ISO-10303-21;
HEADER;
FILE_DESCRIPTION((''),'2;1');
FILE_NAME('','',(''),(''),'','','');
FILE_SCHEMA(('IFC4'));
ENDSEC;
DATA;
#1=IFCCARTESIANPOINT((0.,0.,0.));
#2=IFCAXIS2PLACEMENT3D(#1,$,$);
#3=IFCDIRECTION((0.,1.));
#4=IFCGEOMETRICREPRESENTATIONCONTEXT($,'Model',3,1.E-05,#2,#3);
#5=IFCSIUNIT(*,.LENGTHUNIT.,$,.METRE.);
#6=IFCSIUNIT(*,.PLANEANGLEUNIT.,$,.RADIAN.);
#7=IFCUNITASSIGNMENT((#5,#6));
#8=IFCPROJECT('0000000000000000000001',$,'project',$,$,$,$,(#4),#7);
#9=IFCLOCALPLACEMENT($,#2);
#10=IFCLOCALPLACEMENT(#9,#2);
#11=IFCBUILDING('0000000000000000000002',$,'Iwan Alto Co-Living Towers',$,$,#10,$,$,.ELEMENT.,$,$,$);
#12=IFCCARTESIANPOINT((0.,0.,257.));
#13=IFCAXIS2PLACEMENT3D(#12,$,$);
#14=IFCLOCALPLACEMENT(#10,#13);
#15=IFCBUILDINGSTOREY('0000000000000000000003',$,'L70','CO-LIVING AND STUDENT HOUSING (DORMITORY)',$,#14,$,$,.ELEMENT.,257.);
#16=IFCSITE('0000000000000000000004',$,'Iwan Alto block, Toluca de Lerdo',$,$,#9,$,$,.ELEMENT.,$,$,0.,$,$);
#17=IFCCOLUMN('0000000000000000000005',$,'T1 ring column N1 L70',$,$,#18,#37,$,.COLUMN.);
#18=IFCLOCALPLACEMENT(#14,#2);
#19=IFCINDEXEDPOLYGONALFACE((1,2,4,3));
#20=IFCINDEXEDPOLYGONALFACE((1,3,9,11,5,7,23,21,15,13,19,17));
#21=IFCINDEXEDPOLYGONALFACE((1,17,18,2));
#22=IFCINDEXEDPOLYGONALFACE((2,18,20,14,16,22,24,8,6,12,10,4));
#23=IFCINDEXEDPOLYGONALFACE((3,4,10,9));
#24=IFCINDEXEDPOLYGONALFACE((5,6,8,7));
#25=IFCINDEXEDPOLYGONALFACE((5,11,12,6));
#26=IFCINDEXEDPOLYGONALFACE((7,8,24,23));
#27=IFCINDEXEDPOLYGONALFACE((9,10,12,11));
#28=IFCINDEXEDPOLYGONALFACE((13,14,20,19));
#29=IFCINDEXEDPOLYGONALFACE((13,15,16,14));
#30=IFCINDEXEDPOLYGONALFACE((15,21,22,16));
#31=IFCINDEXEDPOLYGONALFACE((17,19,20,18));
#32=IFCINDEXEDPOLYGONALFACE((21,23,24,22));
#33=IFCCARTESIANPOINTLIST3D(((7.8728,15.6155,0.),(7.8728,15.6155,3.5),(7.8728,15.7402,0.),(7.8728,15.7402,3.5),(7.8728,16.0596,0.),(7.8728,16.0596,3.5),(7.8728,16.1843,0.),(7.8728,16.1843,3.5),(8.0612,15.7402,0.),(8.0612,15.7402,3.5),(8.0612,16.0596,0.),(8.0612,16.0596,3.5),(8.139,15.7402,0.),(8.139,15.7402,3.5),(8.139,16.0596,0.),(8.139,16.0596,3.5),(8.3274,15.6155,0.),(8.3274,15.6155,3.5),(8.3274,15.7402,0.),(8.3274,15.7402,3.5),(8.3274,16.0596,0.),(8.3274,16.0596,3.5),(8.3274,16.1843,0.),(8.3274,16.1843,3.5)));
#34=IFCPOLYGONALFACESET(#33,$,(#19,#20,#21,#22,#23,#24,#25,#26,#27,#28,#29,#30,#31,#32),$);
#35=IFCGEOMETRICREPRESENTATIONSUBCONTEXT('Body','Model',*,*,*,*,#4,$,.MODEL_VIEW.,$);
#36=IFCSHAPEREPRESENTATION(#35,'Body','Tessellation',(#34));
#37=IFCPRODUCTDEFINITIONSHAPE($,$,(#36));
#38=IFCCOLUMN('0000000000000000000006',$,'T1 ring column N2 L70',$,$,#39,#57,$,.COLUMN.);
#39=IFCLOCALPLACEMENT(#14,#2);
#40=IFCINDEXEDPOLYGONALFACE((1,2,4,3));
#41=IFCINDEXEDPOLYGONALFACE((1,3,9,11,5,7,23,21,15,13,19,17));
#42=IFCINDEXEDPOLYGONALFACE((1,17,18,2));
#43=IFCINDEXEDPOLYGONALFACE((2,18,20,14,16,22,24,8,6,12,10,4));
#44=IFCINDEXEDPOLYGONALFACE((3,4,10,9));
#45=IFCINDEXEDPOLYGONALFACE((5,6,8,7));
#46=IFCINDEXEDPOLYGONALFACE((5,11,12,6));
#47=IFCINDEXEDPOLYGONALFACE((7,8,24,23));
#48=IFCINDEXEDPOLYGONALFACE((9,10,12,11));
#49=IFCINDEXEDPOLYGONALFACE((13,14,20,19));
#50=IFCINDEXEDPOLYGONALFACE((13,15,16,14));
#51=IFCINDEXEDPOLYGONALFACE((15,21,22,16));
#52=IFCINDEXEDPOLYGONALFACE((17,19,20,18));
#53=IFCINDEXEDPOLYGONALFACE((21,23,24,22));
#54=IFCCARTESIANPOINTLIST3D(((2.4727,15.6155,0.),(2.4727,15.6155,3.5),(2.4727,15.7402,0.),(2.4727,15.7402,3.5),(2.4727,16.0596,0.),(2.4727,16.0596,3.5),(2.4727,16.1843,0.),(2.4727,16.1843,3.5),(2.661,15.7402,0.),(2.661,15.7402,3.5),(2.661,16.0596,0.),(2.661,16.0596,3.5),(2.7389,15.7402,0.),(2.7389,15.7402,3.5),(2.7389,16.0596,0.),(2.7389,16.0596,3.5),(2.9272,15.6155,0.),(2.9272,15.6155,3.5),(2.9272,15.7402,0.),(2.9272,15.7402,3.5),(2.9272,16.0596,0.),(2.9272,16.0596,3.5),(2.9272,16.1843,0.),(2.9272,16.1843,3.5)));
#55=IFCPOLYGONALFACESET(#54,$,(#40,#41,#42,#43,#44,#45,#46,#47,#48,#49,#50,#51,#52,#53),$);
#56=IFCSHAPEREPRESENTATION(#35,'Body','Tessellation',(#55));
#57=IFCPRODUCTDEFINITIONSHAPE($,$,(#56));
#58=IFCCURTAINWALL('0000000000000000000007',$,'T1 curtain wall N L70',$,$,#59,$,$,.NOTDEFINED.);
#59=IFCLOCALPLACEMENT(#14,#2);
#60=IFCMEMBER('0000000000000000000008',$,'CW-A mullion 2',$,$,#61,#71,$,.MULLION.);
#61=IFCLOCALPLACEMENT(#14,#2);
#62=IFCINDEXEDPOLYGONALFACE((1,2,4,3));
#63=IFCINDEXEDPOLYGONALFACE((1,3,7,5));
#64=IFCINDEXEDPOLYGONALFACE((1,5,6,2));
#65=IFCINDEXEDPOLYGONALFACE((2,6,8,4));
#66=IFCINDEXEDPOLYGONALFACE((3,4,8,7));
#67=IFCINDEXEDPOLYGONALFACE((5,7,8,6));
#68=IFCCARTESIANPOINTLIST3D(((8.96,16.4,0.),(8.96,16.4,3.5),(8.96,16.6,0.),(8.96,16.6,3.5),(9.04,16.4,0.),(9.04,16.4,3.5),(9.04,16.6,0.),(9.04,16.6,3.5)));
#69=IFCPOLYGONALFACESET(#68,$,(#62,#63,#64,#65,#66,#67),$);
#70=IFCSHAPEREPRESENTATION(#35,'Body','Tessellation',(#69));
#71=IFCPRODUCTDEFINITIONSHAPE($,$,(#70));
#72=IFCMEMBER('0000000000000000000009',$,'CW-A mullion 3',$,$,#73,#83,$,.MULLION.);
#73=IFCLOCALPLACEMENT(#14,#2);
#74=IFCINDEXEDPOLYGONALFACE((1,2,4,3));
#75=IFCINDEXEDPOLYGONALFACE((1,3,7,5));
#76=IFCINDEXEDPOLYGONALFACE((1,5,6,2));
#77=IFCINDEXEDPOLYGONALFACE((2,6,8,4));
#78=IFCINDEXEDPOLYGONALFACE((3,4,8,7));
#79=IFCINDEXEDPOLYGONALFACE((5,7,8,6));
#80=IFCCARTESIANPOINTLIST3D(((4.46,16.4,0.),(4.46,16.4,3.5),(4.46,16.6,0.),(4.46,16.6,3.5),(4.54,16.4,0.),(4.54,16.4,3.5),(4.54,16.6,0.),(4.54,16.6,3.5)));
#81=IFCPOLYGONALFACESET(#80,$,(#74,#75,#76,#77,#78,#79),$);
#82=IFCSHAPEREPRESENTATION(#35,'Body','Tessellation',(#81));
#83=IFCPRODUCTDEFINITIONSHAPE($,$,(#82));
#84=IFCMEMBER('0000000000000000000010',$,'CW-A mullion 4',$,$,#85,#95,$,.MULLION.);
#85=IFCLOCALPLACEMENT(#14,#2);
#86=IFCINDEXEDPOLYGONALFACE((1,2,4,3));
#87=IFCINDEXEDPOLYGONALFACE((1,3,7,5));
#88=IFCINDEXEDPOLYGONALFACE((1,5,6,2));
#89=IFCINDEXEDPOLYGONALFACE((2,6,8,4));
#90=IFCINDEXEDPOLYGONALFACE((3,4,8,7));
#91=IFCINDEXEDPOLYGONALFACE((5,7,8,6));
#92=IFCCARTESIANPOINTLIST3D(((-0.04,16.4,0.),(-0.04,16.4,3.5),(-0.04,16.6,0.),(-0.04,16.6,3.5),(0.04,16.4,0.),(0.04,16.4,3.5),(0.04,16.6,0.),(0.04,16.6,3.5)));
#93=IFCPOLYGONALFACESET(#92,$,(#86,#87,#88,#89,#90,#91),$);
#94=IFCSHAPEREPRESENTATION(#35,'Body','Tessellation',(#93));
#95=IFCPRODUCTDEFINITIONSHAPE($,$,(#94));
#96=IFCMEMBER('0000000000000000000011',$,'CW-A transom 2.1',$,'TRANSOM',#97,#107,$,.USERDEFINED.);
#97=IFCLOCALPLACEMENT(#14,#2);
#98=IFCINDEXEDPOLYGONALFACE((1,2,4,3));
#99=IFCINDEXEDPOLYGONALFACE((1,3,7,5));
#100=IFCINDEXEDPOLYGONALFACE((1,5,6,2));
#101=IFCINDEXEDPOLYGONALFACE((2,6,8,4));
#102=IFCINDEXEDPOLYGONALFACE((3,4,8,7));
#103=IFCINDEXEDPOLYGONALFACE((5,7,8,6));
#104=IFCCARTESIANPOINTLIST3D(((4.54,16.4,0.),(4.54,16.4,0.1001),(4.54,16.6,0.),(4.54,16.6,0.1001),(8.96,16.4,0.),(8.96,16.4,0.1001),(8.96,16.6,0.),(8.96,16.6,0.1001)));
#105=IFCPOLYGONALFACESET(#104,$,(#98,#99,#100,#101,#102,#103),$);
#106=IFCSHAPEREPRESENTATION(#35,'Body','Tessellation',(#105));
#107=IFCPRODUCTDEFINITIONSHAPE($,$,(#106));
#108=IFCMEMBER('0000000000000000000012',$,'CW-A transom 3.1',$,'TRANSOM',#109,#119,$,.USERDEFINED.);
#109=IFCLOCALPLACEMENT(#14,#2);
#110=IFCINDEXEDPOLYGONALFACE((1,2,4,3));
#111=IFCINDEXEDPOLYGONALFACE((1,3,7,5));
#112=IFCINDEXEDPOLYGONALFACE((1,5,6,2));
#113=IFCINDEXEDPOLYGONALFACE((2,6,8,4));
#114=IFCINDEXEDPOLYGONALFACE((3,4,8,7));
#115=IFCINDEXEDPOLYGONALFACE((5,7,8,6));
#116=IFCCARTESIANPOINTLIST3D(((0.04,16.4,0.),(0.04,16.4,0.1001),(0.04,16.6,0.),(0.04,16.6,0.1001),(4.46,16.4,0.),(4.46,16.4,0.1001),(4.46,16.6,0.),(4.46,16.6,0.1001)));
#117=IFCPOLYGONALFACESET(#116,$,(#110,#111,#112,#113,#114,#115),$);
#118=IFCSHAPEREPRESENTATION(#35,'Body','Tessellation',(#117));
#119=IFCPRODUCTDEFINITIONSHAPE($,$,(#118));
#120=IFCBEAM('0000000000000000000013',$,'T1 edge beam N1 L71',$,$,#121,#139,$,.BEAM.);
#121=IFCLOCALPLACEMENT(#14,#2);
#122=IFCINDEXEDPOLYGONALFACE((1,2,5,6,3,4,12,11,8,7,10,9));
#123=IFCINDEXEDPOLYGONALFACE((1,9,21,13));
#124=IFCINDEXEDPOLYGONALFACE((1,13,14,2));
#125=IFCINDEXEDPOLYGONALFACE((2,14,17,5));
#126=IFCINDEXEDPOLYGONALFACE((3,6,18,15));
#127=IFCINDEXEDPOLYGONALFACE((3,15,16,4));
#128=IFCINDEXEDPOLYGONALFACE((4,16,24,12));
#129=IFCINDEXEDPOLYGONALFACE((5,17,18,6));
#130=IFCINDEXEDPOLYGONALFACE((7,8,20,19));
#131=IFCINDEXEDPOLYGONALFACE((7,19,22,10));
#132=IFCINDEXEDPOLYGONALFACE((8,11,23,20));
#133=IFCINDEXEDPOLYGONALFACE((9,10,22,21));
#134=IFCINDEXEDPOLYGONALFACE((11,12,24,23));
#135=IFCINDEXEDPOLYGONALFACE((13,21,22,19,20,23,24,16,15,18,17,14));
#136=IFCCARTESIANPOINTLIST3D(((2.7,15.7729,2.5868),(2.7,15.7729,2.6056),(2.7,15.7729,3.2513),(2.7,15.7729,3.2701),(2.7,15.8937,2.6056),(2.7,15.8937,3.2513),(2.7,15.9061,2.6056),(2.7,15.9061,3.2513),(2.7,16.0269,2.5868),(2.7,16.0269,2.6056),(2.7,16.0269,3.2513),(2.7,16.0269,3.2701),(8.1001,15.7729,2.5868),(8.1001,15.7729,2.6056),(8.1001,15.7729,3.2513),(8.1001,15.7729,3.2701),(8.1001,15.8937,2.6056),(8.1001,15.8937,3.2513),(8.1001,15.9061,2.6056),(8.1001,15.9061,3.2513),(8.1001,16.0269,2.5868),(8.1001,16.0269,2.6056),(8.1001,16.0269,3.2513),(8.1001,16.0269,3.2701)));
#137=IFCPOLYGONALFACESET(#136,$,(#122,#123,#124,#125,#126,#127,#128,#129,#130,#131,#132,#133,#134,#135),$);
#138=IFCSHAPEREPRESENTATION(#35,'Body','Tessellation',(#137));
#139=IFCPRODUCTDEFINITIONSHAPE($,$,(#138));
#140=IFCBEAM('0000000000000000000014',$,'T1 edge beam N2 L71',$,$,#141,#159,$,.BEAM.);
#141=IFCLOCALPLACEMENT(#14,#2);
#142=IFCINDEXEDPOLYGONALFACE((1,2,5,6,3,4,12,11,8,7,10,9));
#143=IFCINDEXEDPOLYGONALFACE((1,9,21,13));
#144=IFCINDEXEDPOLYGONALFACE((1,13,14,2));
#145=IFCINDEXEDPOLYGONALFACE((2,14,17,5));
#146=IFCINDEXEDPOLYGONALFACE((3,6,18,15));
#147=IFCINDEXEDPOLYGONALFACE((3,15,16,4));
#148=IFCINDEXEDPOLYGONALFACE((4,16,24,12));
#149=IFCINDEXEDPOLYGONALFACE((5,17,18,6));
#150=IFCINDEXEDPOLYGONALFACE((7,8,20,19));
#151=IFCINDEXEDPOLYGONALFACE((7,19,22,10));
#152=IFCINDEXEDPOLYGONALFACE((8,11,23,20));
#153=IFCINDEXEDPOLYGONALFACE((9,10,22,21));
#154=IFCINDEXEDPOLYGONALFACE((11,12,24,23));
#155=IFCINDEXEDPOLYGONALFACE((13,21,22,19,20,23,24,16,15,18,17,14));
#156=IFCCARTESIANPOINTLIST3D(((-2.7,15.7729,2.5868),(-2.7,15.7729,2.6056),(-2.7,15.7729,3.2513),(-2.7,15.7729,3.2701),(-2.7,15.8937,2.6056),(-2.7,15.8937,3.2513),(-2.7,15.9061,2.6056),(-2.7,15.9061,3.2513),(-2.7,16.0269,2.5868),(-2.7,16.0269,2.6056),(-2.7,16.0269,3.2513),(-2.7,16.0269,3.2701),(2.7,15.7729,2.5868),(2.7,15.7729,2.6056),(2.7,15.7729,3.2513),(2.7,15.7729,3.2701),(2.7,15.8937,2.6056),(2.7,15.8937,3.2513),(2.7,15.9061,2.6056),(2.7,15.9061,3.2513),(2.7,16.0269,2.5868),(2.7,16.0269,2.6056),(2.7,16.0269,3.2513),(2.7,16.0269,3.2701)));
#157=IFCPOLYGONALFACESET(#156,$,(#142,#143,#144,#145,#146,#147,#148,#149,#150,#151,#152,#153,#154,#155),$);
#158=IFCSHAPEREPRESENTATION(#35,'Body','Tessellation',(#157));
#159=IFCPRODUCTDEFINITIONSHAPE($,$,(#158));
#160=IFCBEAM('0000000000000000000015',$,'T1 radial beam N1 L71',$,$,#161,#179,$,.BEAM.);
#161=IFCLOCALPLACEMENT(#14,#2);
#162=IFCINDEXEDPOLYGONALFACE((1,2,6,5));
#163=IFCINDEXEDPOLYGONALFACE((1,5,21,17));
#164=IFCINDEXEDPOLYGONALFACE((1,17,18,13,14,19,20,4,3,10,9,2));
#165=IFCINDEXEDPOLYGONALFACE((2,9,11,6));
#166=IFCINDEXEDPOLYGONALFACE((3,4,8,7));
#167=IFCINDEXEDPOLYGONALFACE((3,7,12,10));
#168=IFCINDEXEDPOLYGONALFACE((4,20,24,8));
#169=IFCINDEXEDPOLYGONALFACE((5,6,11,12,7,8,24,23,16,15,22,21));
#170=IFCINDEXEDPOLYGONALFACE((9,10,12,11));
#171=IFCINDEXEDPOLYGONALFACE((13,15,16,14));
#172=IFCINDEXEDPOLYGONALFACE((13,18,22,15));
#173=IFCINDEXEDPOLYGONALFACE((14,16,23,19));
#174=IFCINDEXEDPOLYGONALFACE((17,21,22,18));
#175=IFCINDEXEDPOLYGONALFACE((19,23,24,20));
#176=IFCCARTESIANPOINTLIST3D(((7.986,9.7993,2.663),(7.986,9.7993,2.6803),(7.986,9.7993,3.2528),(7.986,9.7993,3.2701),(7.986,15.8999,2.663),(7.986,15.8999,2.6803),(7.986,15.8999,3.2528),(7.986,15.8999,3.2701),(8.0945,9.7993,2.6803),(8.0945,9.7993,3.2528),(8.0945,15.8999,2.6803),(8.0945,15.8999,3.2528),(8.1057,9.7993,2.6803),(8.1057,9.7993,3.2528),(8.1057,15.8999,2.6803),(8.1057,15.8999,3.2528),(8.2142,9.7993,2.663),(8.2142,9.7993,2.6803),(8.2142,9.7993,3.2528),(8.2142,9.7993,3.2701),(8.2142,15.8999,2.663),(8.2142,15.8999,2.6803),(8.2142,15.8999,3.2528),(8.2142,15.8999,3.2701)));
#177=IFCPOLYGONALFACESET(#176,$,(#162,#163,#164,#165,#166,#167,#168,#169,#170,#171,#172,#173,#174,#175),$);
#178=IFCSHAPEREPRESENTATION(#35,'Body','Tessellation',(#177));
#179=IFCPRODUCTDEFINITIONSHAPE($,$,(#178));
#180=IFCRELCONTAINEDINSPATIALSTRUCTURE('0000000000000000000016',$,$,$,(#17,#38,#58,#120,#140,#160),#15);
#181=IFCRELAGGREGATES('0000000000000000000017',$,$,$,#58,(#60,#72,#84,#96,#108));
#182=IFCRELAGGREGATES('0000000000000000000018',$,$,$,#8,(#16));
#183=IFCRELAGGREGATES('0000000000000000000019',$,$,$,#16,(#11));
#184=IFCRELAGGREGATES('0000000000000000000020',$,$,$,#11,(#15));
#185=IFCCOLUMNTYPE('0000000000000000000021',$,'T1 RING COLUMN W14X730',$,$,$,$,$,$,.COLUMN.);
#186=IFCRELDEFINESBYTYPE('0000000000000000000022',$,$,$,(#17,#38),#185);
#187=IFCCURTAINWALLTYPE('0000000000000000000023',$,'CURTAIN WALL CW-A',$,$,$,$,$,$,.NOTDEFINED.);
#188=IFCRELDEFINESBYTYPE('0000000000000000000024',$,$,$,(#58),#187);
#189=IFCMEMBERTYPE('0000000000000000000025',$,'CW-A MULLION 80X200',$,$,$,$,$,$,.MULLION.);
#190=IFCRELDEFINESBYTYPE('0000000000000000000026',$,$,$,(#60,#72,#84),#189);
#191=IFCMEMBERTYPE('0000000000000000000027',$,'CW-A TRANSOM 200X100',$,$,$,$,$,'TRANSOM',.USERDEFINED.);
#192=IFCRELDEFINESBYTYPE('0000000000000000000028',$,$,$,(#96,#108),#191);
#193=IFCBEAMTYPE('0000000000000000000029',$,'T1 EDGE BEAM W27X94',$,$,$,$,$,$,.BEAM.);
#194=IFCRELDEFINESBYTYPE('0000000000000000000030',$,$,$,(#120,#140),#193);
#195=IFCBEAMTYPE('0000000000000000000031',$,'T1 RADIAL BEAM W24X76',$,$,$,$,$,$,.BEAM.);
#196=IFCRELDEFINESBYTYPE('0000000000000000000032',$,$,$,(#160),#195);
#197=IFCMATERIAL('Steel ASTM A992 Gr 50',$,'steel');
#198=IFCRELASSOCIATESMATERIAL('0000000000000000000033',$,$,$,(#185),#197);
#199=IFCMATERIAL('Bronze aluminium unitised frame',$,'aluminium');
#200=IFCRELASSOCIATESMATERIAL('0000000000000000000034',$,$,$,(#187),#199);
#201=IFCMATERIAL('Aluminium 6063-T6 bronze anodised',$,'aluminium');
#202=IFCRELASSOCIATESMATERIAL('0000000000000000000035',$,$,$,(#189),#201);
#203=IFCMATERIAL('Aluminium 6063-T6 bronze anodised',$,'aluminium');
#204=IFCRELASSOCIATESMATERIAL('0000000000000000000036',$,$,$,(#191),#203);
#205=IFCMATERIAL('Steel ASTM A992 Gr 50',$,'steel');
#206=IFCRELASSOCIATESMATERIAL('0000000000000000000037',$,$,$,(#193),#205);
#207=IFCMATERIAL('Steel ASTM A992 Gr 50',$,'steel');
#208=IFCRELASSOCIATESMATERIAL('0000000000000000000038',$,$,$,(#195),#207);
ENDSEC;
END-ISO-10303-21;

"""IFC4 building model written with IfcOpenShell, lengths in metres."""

from ifc_helpers import new_model, si_unit, direction, frame, origin, origin_2d, place, context, subcontext, project, spatial, rectangle, i_section, extrude, material, material_profile, profile_set, type_object, element, aggregate, save


model = new_model("IFC4")

# Units and contexts
model_context = context("Model", 3, precision=1e-05, world=origin(), true_north=direction((0.0, 1.0)))
body_context = subcontext(model_context, "Body", "Model", "MODEL_VIEW")
ifc_project = project(units=[si_unit("LENGTHUNIT", "METRE"), si_unit("PLANEANGLEUNIT", "RADIAN")], contexts=[model_context])

# Site, building, storey
site_placement = place(None, origin())
site = spatial("IfcSite", under=ifc_project, at=site_placement, Name="Iwan Alto block, Toluca de Lerdo", CompositionType="ELEMENT", RefElevation=0.0)
building_placement = place(site_placement, origin())
building = spatial("IfcBuilding", under=site, at=building_placement, Name="Iwan Alto Co-Living Towers", CompositionType="ELEMENT")
storey_placement = place(building_placement, frame((0.0, 0.0, 257.0)))
storey = spatial("IfcBuildingStorey", under=building, at=storey_placement, Name="L70", Description="CO-LIVING AND STUDENT HOUSING (DORMITORY)", CompositionType="ELEMENT", Elevation=257.0)

# Columns
ifc_material_1 = material(Name="Steel ASTM A992 Gr 50", Category="steel")
ifc_material_profile_1 = material_profile(ifc_material_1, i_section(OverallWidth=0.4546, OverallDepth=0.5688, WebThickness=0.0779, FlangeThickness=0.1248, at=origin_2d()), Name="W14X730")
ifc_profile_set_1 = profile_set([ifc_material_profile_1], Name="Steel ASTM A992 Gr 50")
column_type = type_object("IfcColumnType", Name="T1 RING COLUMN W14X730", PredefinedType="COLUMN", material=ifc_profile_set_1)
for number, where, z_axis, x_axis, name in (
    (1, (8.1001, 15.8999, 0.0), (0.0, 0.0, 1.0), (1.0, 0.0, 0.0), "T1 ring column N1 L70"),
    (2, (2.7, 15.8999, 0.0), (0.0, 0.0, 1.0), (1.0, 0.0, 0.0), "T1 ring column N2 L70"),
):
    element("IfcColumn", number, at=place(storey_placement, frame(where, z_axis=z_axis, x_axis=x_axis)), inside=storey, type_object=column_type, Name=name, PredefinedType="COLUMN", context=body_context, shape_type="SweptSolid", body=[
        extrude(i_section(OverallWidth=0.4546, OverallDepth=0.5688, WebThickness=0.0779, FlangeThickness=0.1248, at=origin_2d()), origin(), (0.0, 0.0, 1.0), 3.5),
    ])

# Curtain wall, members
ifc_material_2 = material(Name="Bronze aluminium unitised frame", Category="aluminium")
curtain_wall_type = type_object("IfcCurtainWallType", Name="CURTAIN WALL CW-A", PredefinedType="NOTDEFINED", material=ifc_material_2)
curtain_wall_placement = place(storey_placement, origin())
curtain_wall = element("IfcCurtainWall", 3, at=curtain_wall_placement, inside=storey, type_object=curtain_wall_type, Name="T1 curtain wall N L70", PredefinedType="NOTDEFINED")
ifc_material_3 = material(Name="Aluminium 6063-T6 bronze anodised", Category="aluminium")
ifc_material_profile_2 = material_profile(ifc_material_3, rectangle(XDim=0.2, YDim=0.0801, at=origin_2d()), Name="AL 80X200")
ifc_profile_set_2 = profile_set([ifc_material_profile_2], Name="Aluminium 6063-T6 bronze anodised")
member_type_1 = type_object("IfcMemberType", Name="CW-A MULLION 80X200", PredefinedType="MULLION", material=ifc_profile_set_2)
member_1_placement = place(storey_placement, frame((9.0, 16.5, 0.0), z_axis=(0.0, 0.0, 1.0), x_axis=(0.0, -1.0, 0.0)))
member_1 = element("IfcMember", 4, at=member_1_placement, type_object=member_type_1, Name="CW-A mullion 2", PredefinedType="MULLION", context=body_context, shape_type="SweptSolid", body=[
    extrude(rectangle(XDim=0.2, YDim=0.0801, at=origin_2d()), origin(), (0.0, 0.0, 1.0), 3.5),
])
member_2_placement = place(storey_placement, frame((4.5, 16.5, 0.0), z_axis=(0.0, 0.0, 1.0), x_axis=(0.0, -1.0, 0.0)))
member_2 = element("IfcMember", 5, at=member_2_placement, type_object=member_type_1, Name="CW-A mullion 3", PredefinedType="MULLION", context=body_context, shape_type="SweptSolid", body=[
    extrude(rectangle(XDim=0.2, YDim=0.0801, at=origin_2d()), origin(), (0.0, 0.0, 1.0), 3.5),
])
member_3_placement = place(storey_placement, frame((0.0, 16.5, 0.0), z_axis=(0.0, 0.0, 1.0), x_axis=(0.0, -1.0, 0.0)))
member_3 = element("IfcMember", 6, at=member_3_placement, type_object=member_type_1, Name="CW-A mullion 4", PredefinedType="MULLION", context=body_context, shape_type="SweptSolid", body=[
    extrude(rectangle(XDim=0.2, YDim=0.0801, at=origin_2d()), origin(), (0.0, 0.0, 1.0), 3.5),
])
ifc_material_4 = material(Name="Aluminium 6063-T6 bronze anodised", Category="aluminium")
ifc_material_profile_3 = material_profile(ifc_material_4, rectangle(XDim=0.2, YDim=0.1001, at=origin_2d()), Name="AL 200X100")
ifc_profile_set_3 = profile_set([ifc_material_profile_3], Name="Aluminium 6063-T6 bronze anodised")
member_type_2 = type_object("IfcMemberType", Name="CW-A TRANSOM 200X100", ElementType="TRANSOM", PredefinedType="USERDEFINED", material=ifc_profile_set_3)
member_4_placement = place(storey_placement, frame((8.96, 16.5, 0.05), z_axis=(-1.0, 0.0, 0.0), x_axis=(0.0, -1.0, 0.0)))
member_4 = element("IfcMember", 7, at=member_4_placement, type_object=member_type_2, Name="CW-A transom 2.1", ObjectType="TRANSOM", PredefinedType="USERDEFINED", context=body_context, shape_type="SweptSolid", body=[
    extrude(rectangle(XDim=0.2, YDim=0.1001, at=origin_2d()), origin(), (0.0, 0.0, 1.0), 4.4199),
])
member_5_placement = place(storey_placement, frame((4.46, 16.5, 0.05), z_axis=(-1.0, 0.0, 0.0), x_axis=(0.0, -1.0, 0.0)))
member_5 = element("IfcMember", 8, at=member_5_placement, type_object=member_type_2, Name="CW-A transom 3.1", ObjectType="TRANSOM", PredefinedType="USERDEFINED", context=body_context, shape_type="SweptSolid", body=[
    extrude(rectangle(XDim=0.2, YDim=0.1001, at=origin_2d()), origin(), (0.0, 0.0, 1.0), 4.4199),
])

# Beams
ifc_material_5 = material(Name="Steel ASTM A992 Gr 50", Category="steel")
ifc_material_profile_4 = material_profile(ifc_material_5, i_section(OverallWidth=0.2539, OverallDepth=0.6833, WebThickness=0.0125, FlangeThickness=0.0188, at=origin_2d()), Name="W27X94")
ifc_profile_set_4 = profile_set([ifc_material_profile_4], Name="Steel ASTM A992 Gr 50")
beam_type_1 = type_object("IfcBeamType", Name="T1 EDGE BEAM W27X94", PredefinedType="BEAM", material=ifc_profile_set_4)
beam_1_placement = place(storey_placement, frame((8.1001, 15.8999, 2.9285), z_axis=(-1.0, 0.0, 0.0), x_axis=(0.0, -1.0, 0.0)))
element("IfcBeam", 9, at=beam_1_placement, inside=storey, type_object=beam_type_1, Name="T1 edge beam N1 L71", PredefinedType="BEAM", context=body_context, shape_type="SweptSolid", body=[
    extrude(i_section(OverallWidth=0.2539, OverallDepth=0.6833, WebThickness=0.0125, FlangeThickness=0.0188, at=origin_2d()), origin(), (0.0, 0.0, 1.0), 5.4001),
])
beam_2_placement = place(storey_placement, frame((2.7, 15.8999, 2.9285), z_axis=(-1.0, 0.0, 0.0), x_axis=(0.0, -1.0, 0.0)))
element("IfcBeam", 10, at=beam_2_placement, inside=storey, type_object=beam_type_1, Name="T1 edge beam N2 L71", PredefinedType="BEAM", context=body_context, shape_type="SweptSolid", body=[
    extrude(i_section(OverallWidth=0.2539, OverallDepth=0.6833, WebThickness=0.0125, FlangeThickness=0.0188, at=origin_2d()), origin(), (0.0, 0.0, 1.0), 5.3999),
])
ifc_material_6 = material(Name="Steel ASTM A992 Gr 50", Category="steel")
ifc_material_profile_5 = material_profile(ifc_material_6, i_section(OverallWidth=0.2283, OverallDepth=0.6072, WebThickness=0.0112, FlangeThickness=0.0173, at=origin_2d()), Name="W24X76")
ifc_profile_set_5 = profile_set([ifc_material_profile_5], Name="Steel ASTM A992 Gr 50")
beam_type_2 = type_object("IfcBeamType", Name="T1 RADIAL BEAM W24X76", PredefinedType="BEAM", material=ifc_profile_set_5)
for number, where, z_axis, x_axis, name in (
    (11, (8.1001, 15.8999, 2.9666), (0.0, -1.0, 0.0), (1.0, 0.0, 0.0), "T1 radial beam N1 L71"),
):
    element("IfcBeam", number, at=place(storey_placement, frame(where, z_axis=z_axis, x_axis=x_axis)), inside=storey, type_object=beam_type_2, Name=name, PredefinedType="BEAM", context=body_context, shape_type="SweptSolid", body=[
        extrude(i_section(OverallWidth=0.2283, OverallDepth=0.6072, WebThickness=0.0112, FlangeThickness=0.0173, at=origin_2d()), origin(), (0.0, 0.0, 1.0), 6.1006),
    ])

aggregate(curtain_wall, [member_1, member_2, member_3, member_4, member_5])

save(model, "model.ifc")
